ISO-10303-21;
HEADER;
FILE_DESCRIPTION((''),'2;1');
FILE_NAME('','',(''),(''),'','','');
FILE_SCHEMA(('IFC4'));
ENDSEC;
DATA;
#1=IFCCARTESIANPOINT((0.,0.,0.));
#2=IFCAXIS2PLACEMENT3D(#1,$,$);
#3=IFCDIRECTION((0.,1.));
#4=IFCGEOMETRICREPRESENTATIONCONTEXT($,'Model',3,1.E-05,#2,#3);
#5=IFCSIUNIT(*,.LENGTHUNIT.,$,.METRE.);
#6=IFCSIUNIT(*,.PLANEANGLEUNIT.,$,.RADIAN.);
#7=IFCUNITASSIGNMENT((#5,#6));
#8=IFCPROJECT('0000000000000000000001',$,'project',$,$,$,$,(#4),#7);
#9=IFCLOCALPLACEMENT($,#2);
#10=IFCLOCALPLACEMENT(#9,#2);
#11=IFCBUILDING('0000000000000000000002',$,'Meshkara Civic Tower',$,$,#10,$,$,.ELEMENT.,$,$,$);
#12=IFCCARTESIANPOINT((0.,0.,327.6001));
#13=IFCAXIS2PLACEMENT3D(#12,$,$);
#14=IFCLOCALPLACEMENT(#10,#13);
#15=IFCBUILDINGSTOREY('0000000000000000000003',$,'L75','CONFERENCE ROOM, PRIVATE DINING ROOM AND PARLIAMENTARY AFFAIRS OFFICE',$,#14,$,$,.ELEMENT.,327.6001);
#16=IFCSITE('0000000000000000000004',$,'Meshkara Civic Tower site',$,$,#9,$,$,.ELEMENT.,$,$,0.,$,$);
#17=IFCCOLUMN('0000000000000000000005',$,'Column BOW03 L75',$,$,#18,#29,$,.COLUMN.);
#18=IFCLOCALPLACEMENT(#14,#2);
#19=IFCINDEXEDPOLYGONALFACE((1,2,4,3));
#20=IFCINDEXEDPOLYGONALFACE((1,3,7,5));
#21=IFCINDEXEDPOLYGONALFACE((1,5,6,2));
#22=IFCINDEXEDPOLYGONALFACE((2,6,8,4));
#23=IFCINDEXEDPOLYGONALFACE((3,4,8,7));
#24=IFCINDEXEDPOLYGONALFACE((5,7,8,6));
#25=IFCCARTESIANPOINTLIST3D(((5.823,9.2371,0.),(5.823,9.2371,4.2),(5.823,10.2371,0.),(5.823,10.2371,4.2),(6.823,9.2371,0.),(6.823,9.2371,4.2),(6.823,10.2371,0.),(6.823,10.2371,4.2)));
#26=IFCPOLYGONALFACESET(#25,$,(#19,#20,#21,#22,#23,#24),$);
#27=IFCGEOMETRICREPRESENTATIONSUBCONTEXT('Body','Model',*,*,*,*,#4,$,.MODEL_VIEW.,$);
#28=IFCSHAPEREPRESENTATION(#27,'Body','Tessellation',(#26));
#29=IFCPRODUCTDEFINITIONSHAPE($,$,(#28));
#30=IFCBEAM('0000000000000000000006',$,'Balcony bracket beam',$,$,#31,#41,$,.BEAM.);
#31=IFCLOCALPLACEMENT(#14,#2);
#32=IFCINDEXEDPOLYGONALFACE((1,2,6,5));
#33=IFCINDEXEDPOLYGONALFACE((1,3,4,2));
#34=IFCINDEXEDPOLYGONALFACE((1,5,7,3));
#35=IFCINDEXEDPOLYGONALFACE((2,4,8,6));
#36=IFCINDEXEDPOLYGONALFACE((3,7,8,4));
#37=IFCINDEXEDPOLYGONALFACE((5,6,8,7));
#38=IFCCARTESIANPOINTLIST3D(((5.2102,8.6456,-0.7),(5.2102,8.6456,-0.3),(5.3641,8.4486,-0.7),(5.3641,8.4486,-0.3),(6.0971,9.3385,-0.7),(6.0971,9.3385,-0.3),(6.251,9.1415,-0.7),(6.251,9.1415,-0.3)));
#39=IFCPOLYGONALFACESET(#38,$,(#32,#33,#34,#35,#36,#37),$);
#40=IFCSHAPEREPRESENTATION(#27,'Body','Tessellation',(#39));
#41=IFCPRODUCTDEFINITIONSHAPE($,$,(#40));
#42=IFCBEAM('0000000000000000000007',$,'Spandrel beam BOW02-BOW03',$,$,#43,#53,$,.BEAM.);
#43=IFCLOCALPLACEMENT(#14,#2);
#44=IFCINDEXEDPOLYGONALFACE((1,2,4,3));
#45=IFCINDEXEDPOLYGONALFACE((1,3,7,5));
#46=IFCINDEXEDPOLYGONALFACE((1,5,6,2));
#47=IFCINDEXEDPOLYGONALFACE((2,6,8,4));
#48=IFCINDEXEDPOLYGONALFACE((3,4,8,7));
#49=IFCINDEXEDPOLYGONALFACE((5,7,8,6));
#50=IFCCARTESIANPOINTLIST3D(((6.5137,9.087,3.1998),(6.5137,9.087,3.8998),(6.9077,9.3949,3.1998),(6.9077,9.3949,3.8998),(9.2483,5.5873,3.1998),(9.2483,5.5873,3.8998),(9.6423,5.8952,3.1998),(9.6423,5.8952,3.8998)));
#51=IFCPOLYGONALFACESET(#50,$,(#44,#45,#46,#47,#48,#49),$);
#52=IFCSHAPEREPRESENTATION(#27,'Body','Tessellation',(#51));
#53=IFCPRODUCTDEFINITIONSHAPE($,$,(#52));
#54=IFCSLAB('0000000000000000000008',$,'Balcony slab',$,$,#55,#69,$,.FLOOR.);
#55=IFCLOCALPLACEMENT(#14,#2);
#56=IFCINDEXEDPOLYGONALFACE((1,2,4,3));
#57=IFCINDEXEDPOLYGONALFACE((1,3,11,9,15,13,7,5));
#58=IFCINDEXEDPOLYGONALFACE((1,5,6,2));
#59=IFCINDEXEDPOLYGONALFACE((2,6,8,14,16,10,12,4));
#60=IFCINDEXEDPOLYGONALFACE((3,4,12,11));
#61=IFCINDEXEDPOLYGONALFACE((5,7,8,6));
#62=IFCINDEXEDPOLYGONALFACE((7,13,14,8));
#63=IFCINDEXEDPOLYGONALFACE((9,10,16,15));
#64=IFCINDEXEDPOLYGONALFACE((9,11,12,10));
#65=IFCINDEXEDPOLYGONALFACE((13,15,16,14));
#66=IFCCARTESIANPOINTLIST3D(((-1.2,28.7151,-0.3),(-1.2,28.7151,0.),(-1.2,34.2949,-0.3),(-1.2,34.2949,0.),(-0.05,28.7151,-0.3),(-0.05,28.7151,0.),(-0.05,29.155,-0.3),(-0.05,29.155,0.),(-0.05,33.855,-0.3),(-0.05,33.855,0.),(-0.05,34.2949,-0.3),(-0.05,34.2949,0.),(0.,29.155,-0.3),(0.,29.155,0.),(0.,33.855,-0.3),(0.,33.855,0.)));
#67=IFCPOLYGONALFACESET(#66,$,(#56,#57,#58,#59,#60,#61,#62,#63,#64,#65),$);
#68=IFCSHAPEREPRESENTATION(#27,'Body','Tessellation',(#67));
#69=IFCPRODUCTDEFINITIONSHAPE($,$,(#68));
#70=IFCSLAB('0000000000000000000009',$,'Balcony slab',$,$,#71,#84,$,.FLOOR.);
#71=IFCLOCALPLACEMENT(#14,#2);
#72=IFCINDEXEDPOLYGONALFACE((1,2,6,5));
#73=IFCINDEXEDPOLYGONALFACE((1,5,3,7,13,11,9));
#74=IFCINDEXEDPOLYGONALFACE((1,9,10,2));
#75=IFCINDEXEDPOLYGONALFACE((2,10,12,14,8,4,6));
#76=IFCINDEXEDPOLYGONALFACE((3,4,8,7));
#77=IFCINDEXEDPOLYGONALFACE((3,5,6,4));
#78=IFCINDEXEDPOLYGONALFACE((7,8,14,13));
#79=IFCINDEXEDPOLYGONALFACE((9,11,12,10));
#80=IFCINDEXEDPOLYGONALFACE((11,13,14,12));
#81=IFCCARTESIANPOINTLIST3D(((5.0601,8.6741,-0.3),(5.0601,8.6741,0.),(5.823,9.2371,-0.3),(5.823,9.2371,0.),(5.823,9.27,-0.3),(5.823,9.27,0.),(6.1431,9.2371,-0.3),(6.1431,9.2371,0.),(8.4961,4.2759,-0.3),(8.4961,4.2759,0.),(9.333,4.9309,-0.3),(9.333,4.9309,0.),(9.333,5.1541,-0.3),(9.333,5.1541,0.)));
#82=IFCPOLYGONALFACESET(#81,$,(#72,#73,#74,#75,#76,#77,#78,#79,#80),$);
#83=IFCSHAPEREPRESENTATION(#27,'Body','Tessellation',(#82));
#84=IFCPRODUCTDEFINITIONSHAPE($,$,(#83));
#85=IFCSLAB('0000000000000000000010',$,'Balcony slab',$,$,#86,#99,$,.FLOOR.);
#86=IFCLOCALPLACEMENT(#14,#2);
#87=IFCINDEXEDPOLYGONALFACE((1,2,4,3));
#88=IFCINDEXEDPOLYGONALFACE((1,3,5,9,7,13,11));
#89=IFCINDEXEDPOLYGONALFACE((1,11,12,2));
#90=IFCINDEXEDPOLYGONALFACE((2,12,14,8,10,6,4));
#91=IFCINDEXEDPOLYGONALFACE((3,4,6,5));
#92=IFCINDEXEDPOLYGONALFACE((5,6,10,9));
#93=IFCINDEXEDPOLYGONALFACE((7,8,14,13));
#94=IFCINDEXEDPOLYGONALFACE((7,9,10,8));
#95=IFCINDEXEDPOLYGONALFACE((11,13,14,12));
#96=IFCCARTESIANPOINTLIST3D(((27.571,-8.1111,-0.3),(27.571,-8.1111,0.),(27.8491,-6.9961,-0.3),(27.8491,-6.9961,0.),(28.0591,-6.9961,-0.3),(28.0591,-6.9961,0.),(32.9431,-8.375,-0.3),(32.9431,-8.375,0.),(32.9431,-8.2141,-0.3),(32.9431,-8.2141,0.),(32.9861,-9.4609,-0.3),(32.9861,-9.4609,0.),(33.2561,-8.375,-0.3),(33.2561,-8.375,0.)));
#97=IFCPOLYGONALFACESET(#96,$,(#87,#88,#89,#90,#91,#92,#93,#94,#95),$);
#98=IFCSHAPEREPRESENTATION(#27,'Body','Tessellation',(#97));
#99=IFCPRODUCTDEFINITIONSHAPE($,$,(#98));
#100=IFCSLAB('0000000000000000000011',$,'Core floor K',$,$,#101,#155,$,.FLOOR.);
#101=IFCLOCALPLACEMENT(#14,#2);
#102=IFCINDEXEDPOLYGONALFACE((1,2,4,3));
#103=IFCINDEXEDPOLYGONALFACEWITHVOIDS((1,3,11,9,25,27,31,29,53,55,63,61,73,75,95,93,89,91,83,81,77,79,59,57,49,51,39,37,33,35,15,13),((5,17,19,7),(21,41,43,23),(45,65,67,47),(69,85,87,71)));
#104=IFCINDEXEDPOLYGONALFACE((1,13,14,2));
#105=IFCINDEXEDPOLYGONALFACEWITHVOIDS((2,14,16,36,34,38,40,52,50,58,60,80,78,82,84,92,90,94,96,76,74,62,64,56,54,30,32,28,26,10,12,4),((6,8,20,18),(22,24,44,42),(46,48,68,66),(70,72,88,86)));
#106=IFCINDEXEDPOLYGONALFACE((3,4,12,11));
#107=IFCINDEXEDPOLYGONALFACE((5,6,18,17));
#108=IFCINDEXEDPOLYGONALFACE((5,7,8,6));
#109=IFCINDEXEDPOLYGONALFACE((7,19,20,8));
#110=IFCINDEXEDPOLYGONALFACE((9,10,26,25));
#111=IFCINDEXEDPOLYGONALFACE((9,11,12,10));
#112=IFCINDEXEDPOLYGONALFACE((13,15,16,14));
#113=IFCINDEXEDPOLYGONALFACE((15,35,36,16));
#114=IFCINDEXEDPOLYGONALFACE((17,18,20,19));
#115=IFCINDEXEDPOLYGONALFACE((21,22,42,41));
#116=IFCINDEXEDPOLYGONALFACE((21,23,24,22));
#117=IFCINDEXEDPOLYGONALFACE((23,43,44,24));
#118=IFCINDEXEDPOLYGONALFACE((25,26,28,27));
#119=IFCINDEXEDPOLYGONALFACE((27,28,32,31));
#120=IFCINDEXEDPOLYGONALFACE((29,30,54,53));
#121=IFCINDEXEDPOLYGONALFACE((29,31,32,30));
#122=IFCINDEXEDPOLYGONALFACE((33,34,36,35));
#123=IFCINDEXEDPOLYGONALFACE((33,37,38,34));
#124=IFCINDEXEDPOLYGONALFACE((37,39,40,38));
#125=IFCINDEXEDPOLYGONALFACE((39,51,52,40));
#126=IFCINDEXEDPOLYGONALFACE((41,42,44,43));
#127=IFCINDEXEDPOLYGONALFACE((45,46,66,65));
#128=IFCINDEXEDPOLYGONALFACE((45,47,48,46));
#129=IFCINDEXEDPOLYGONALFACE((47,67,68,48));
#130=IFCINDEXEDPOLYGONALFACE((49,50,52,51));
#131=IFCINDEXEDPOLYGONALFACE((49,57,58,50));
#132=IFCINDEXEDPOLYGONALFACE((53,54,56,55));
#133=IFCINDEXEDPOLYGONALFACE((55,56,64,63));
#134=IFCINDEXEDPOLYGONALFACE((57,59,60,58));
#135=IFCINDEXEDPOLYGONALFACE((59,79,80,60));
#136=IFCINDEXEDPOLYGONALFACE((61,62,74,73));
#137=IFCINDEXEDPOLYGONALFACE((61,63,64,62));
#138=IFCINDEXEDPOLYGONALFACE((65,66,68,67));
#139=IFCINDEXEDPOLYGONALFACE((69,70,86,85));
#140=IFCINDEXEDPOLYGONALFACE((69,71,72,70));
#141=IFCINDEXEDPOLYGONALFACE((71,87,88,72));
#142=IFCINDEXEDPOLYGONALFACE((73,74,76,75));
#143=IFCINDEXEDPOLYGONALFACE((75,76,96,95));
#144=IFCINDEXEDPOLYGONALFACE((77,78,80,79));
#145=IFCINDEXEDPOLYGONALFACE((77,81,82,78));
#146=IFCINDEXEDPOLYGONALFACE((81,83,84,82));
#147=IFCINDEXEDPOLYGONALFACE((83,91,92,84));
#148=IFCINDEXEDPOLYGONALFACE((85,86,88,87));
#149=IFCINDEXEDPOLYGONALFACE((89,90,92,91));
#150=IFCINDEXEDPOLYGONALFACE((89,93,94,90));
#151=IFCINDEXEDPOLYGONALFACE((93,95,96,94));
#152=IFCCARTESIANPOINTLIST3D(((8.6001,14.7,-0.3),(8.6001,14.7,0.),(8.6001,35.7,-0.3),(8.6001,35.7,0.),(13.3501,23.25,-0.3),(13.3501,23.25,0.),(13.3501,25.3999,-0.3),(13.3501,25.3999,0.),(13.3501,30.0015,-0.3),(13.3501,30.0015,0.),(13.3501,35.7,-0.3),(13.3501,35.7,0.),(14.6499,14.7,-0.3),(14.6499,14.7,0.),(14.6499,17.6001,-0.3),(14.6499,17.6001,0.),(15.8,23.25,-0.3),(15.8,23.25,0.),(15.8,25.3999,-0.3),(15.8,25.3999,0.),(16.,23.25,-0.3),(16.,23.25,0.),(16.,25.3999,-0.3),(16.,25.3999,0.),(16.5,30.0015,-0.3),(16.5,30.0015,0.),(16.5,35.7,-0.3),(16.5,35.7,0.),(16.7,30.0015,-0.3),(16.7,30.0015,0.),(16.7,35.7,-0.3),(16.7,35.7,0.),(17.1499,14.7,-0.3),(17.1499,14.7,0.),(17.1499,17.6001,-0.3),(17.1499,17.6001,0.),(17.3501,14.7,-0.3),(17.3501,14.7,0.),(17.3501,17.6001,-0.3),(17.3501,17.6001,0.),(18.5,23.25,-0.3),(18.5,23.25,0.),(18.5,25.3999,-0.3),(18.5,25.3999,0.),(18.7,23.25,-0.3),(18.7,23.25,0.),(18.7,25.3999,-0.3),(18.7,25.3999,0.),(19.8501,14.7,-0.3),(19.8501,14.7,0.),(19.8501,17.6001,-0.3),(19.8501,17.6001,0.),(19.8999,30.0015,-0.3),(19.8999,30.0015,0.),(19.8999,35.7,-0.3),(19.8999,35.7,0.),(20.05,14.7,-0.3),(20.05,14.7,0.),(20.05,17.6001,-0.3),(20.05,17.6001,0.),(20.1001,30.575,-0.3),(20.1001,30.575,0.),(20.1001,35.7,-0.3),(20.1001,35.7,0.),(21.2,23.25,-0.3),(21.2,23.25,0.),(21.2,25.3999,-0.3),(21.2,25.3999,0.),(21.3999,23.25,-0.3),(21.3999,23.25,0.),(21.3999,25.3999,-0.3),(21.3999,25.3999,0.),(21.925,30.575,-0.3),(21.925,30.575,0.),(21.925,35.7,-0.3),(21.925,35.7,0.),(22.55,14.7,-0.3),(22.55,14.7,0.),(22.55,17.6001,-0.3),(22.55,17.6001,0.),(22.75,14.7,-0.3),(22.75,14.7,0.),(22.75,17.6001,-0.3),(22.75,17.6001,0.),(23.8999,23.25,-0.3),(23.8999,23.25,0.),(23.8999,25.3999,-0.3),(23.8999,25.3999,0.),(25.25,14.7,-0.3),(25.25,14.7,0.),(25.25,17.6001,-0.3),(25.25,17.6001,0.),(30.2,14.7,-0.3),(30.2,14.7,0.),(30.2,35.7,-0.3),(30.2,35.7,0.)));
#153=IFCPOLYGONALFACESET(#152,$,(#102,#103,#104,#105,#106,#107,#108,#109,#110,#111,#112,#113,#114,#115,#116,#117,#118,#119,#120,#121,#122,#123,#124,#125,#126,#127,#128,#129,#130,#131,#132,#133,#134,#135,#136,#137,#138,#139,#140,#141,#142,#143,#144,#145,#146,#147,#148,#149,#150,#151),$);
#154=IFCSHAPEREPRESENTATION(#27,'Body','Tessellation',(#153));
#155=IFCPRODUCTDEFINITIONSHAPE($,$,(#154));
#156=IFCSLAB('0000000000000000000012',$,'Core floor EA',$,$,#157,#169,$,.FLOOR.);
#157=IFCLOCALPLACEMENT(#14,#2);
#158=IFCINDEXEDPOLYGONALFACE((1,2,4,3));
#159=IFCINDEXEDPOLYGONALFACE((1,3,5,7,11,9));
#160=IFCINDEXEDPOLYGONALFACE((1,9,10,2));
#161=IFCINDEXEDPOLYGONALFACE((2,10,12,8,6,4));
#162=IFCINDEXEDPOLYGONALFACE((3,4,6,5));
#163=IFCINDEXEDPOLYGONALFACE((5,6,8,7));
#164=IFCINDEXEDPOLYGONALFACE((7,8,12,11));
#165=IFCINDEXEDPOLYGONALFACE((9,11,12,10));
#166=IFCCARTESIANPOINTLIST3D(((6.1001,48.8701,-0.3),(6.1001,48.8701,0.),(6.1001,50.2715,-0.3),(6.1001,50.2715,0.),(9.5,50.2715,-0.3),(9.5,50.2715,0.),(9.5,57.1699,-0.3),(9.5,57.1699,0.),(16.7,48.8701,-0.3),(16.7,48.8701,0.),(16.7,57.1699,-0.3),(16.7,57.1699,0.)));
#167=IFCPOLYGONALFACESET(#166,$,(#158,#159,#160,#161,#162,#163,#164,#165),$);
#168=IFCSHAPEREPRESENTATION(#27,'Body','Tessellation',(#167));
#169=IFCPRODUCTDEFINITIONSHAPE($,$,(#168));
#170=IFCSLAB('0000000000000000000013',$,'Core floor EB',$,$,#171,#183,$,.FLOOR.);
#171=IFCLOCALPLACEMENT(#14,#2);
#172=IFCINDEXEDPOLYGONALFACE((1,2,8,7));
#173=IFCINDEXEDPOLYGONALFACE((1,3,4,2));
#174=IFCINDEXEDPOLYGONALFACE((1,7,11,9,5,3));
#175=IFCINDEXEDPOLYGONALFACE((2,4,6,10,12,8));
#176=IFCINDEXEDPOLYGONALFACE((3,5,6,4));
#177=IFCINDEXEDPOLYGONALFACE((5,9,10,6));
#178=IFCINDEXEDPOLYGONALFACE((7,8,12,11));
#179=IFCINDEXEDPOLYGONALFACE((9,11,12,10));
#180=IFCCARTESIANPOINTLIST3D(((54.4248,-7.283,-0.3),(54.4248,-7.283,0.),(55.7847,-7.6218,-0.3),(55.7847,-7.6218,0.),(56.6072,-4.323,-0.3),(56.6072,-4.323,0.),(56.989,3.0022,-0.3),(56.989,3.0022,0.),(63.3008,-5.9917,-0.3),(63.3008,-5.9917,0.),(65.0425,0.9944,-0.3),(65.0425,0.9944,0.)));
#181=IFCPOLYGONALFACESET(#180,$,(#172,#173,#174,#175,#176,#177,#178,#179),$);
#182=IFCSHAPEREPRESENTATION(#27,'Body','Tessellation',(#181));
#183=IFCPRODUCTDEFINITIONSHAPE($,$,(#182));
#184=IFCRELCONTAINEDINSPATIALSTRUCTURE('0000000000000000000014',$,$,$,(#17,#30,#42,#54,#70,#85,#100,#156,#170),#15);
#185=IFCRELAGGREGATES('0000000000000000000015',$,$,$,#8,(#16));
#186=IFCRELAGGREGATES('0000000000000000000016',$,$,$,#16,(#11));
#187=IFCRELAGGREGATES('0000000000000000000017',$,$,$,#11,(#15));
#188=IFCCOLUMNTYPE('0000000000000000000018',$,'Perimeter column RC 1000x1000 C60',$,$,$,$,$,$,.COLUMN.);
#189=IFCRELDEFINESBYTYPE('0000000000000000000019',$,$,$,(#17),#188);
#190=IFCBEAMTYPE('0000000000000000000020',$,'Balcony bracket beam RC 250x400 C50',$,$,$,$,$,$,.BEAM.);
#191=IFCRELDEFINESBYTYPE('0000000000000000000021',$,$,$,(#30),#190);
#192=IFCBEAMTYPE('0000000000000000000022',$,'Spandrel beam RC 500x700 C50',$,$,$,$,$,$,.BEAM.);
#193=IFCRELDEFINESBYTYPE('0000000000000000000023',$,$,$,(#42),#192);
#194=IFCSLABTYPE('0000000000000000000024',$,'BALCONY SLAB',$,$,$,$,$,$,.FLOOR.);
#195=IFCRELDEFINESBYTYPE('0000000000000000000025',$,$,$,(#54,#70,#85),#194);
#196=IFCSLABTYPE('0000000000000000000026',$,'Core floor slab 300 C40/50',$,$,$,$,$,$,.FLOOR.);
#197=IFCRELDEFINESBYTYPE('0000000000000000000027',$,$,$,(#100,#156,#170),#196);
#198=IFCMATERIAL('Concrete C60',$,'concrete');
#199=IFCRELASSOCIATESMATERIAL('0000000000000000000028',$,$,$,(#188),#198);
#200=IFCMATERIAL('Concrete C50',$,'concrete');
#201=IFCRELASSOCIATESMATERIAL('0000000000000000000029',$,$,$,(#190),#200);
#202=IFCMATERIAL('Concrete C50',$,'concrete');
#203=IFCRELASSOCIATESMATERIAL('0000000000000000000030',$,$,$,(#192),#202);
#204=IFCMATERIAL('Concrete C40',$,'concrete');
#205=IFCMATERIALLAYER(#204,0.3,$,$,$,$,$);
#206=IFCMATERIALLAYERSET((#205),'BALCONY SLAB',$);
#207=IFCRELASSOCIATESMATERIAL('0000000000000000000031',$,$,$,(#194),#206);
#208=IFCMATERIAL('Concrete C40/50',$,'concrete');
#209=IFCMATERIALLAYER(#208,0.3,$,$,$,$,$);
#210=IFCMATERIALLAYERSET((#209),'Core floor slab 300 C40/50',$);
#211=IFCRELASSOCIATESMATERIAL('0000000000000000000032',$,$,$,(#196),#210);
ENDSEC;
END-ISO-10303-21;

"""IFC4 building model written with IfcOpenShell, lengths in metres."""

from ifc_helpers import new_model, si_unit, direction, frame, origin, origin_2d, place, context, subcontext, project, spatial, polyline, rectangle, outline, extrude, material, layer, layer_set, material_profile, profile_set, type_object, element, save


model = new_model("IFC4")

# Units and contexts
model_context = context("Model", 3, precision=1e-05, world=origin(), true_north=direction((0.0, 1.0)))
body_context = subcontext(model_context, "Body", "Model", "MODEL_VIEW")
ifc_project = project(units=[si_unit("LENGTHUNIT", "METRE"), si_unit("PLANEANGLEUNIT", "RADIAN")], contexts=[model_context])

# Site, building, storey
site_placement = place(None, origin())
site = spatial("IfcSite", under=ifc_project, at=site_placement, Name="Meshkara Civic Tower site", CompositionType="ELEMENT", RefElevation=0.0)
building_placement = place(site_placement, origin())
building = spatial("IfcBuilding", under=site, at=building_placement, Name="Meshkara Civic Tower", CompositionType="ELEMENT")
storey_placement = place(building_placement, frame((0.0, 0.0, 327.6001)))
storey = spatial("IfcBuildingStorey", under=building, at=storey_placement, Name="L75", Description="CONFERENCE ROOM, PRIVATE DINING ROOM AND PARLIAMENTARY AFFAIRS OFFICE", CompositionType="ELEMENT", Elevation=327.6001)

# Column
ifc_material_1 = material(Name="Concrete C60", Category="concrete")
ifc_material_profile_1 = material_profile(ifc_material_1, rectangle(XDim=1.0, YDim=1.0, at=origin_2d()))
ifc_profile_set_1 = profile_set([ifc_material_profile_1], Name="Concrete C60")
column_type = type_object("IfcColumnType", Name="Perimeter column RC 1000x1000 C60", PredefinedType="COLUMN", material=ifc_profile_set_1)
column_placement = place(storey_placement, frame((6.323, 9.7371, 0.0), z_axis=(0.0, 0.0, 1.0), x_axis=(1.0, 0.0, 0.0)))
element("IfcColumn", 1, at=column_placement, inside=storey, type_object=column_type, Name="Column BOW03 L75", PredefinedType="COLUMN", context=body_context, shape_type="SweptSolid", body=[
    extrude(rectangle(XDim=1.0, YDim=1.0, at=origin_2d()), origin(), (0.0, 0.0, 1.0), 4.2),
])

# Beams
ifc_material_2 = material(Name="Concrete C50", Category="concrete")
ifc_material_profile_2 = material_profile(ifc_material_2, rectangle(XDim=0.25, YDim=0.3999, at=origin_2d()))
ifc_profile_set_2 = profile_set([ifc_material_profile_2], Name="Concrete C50")
beam_type_1 = type_object("IfcBeamType", Name="Balcony bracket beam RC 250x400 C50", PredefinedType="BEAM", material=ifc_profile_set_2)
beam_1_placement = place(storey_placement, frame((6.1741, 9.24, -0.5), z_axis=(-0.788054, -0.615606, 0.0), x_axis=(0.615606, -0.788054, 0.0)))
element("IfcBeam", 2, at=beam_1_placement, inside=storey, type_object=beam_type_1, Name="Balcony bracket beam", PredefinedType="BEAM", context=body_context, shape_type="SweptSolid", body=[
    extrude(rectangle(XDim=0.25, YDim=0.3999, at=origin_2d()), origin(), (0.0, 0.0, 1.0), 1.1255),
])
ifc_material_3 = material(Name="Concrete C50", Category="concrete")
ifc_material_profile_3 = material_profile(ifc_material_3, rectangle(XDim=0.5, YDim=0.7, at=origin_2d()))
ifc_profile_set_3 = profile_set([ifc_material_profile_3], Name="Concrete C50")
beam_type_2 = type_object("IfcBeamType", Name="Spandrel beam RC 500x700 C50", PredefinedType="BEAM", material=ifc_profile_set_3)
beam_2_placement = place(storey_placement, frame((6.7107, 9.241, 3.5498), z_axis=(0.615705, -0.787977, 0.0), x_axis=(0.787977, 0.615705, 0.0)))
element("IfcBeam", 3, at=beam_2_placement, inside=storey, type_object=beam_type_2, Name="Spandrel beam BOW02-BOW03", PredefinedType="BEAM", context=body_context, shape_type="SweptSolid", body=[
    extrude(rectangle(XDim=0.5, YDim=0.7, at=origin_2d()), origin(), (0.0, 0.0, 1.0), 4.4414),
])

# Slabs
ifc_material_4 = material(Name="Concrete C40", Category="concrete")
ifc_layer_1 = layer(ifc_material_4, 0.3)
ifc_layer_set_1 = layer_set([ifc_layer_1], Name="BALCONY SLAB")
slab_type_1 = type_object("IfcSlabType", Name="BALCONY SLAB", PredefinedType="FLOOR", material=ifc_layer_set_1)
slab_1_placement = place(storey_placement, frame((0.0, 0.0, -0.3)))
element("IfcSlab", 4, at=slab_1_placement, inside=storey, type_object=slab_type_1, Name="Balcony slab", PredefinedType="FLOOR", context=body_context, shape_type="SweptSolid", body=[
    extrude(outline(polyline([(-1.2, 28.7151), (-1.2, 34.2949), (-0.05, 34.2949), (-0.05, 33.855), (0.0, 33.855), (0.0, 29.155), (-0.05, 29.155), (-0.05, 28.7151), (-1.2, 28.7151)])), origin(), (0.0, 0.0, 1.0), 0.3),
])
slab_2_placement = place(storey_placement, frame((0.0, 0.0, -0.3)))
element("IfcSlab", 5, at=slab_2_placement, inside=storey, type_object=slab_type_1, Name="Balcony slab", PredefinedType="FLOOR", context=body_context, shape_type="SweptSolid", body=[
    extrude(outline(polyline([(8.4961, 4.2759), (5.0601, 8.6741), (5.823, 9.27), (5.823, 9.2371), (6.1431, 9.2371), (9.333, 5.1541), (9.333, 4.9309), (8.4961, 4.2759)])), origin(), (0.0, 0.0, 1.0), 0.3),
])
slab_3_placement = place(storey_placement, frame((0.0, 0.0, -0.3)))
element("IfcSlab", 6, at=slab_3_placement, inside=storey, type_object=slab_type_1, Name="Balcony slab", PredefinedType="FLOOR", context=body_context, shape_type="SweptSolid", body=[
    extrude(outline(polyline([(32.9861, -9.4609), (27.571, -8.1111), (27.8491, -6.9961), (28.0591, -6.9961), (32.9431, -8.2141), (32.9431, -8.375), (33.2561, -8.375), (32.9861, -9.4609)])), origin(), (0.0, 0.0, 1.0), 0.3),
])
ifc_material_5 = material(Name="Concrete C40/50", Category="concrete")
ifc_layer_2 = layer(ifc_material_5, 0.3)
ifc_layer_set_2 = layer_set([ifc_layer_2], Name="Core floor slab 300 C40/50")
slab_type_2 = type_object("IfcSlabType", Name="Core floor slab 300 C40/50", PredefinedType="FLOOR", material=ifc_layer_set_2)
slab_4_placement = place(storey_placement, frame((0.0, 0.0, -0.3)))
element("IfcSlab", 7, at=slab_4_placement, inside=storey, type_object=slab_type_2, Name="Core floor K", PredefinedType="FLOOR", context=body_context, shape_type="SweptSolid", body=[
    extrude(outline(polyline([(8.6001, 35.7), (13.3501, 35.7), (13.3501, 30.0015), (16.5, 30.0015), (16.5, 35.7), (16.7, 35.7), (16.7, 30.0015), (19.8999, 30.0015), (19.8999, 35.7), (20.1001, 35.7), (20.1001, 30.575), (21.925, 30.575), (21.925, 35.7), (30.2, 35.7), (30.2, 14.7), (25.25, 14.7), (25.25, 17.6001), (22.75, 17.6001), (22.75, 14.7), (22.55, 14.7), (22.55, 17.6001), (20.05, 17.6001), (20.05, 14.7), (19.8501, 14.7), (19.8501, 17.6001), (17.3501, 17.6001), (17.3501, 14.7), (17.1499, 14.7), (17.1499, 17.6001), (14.6499, 17.6001), (14.6499, 14.7), (8.6001, 14.7), (8.6001, 35.7)]), holes=[polyline([(13.3501, 23.25), (15.8, 23.25), (15.8, 25.3999), (13.3501, 25.3999), (13.3501, 23.25)]), polyline([(18.5, 23.25), (18.5, 25.3999), (16.0, 25.3999), (16.0, 23.25), (18.5, 23.25)]), polyline([(18.7, 23.25), (21.2, 23.25), (21.2, 25.3999), (18.7, 25.3999), (18.7, 23.25)]), polyline([(23.8999, 23.25), (23.8999, 25.3999), (21.3999, 25.3999), (21.3999, 23.25), (23.8999, 23.25)])]), origin(), (0.0, 0.0, 1.0), 0.3),
])
slab_5_placement = place(storey_placement, frame((0.0, 0.0, -0.3)))
element("IfcSlab", 8, at=slab_5_placement, inside=storey, type_object=slab_type_2, Name="Core floor EA", PredefinedType="FLOOR", context=body_context, shape_type="SweptSolid", body=[
    extrude(outline(polyline([(16.7, 48.8701), (16.7, 57.1699), (9.5, 57.1699), (9.5, 50.2715), (6.1001, 50.2715), (6.1001, 48.8701), (16.7, 48.8701)])), origin(), (0.0, 0.0, 1.0), 0.3),
])
slab_6_placement = place(storey_placement, frame((0.0, 0.0, -0.3)))
element("IfcSlab", 9, at=slab_6_placement, inside=storey, type_object=slab_type_2, Name="Core floor EB", PredefinedType="FLOOR", context=body_context, shape_type="SweptSolid", body=[
    extrude(outline(polyline([(56.989, 3.0022), (65.0425, 0.9944), (63.3008, -5.9917), (56.6072, -4.323), (55.7847, -7.6218), (54.4248, -7.283), (56.989, 3.0022)])), origin(), (0.0, 0.0, 1.0), 0.3),
])

save(model, "model.ifc")
